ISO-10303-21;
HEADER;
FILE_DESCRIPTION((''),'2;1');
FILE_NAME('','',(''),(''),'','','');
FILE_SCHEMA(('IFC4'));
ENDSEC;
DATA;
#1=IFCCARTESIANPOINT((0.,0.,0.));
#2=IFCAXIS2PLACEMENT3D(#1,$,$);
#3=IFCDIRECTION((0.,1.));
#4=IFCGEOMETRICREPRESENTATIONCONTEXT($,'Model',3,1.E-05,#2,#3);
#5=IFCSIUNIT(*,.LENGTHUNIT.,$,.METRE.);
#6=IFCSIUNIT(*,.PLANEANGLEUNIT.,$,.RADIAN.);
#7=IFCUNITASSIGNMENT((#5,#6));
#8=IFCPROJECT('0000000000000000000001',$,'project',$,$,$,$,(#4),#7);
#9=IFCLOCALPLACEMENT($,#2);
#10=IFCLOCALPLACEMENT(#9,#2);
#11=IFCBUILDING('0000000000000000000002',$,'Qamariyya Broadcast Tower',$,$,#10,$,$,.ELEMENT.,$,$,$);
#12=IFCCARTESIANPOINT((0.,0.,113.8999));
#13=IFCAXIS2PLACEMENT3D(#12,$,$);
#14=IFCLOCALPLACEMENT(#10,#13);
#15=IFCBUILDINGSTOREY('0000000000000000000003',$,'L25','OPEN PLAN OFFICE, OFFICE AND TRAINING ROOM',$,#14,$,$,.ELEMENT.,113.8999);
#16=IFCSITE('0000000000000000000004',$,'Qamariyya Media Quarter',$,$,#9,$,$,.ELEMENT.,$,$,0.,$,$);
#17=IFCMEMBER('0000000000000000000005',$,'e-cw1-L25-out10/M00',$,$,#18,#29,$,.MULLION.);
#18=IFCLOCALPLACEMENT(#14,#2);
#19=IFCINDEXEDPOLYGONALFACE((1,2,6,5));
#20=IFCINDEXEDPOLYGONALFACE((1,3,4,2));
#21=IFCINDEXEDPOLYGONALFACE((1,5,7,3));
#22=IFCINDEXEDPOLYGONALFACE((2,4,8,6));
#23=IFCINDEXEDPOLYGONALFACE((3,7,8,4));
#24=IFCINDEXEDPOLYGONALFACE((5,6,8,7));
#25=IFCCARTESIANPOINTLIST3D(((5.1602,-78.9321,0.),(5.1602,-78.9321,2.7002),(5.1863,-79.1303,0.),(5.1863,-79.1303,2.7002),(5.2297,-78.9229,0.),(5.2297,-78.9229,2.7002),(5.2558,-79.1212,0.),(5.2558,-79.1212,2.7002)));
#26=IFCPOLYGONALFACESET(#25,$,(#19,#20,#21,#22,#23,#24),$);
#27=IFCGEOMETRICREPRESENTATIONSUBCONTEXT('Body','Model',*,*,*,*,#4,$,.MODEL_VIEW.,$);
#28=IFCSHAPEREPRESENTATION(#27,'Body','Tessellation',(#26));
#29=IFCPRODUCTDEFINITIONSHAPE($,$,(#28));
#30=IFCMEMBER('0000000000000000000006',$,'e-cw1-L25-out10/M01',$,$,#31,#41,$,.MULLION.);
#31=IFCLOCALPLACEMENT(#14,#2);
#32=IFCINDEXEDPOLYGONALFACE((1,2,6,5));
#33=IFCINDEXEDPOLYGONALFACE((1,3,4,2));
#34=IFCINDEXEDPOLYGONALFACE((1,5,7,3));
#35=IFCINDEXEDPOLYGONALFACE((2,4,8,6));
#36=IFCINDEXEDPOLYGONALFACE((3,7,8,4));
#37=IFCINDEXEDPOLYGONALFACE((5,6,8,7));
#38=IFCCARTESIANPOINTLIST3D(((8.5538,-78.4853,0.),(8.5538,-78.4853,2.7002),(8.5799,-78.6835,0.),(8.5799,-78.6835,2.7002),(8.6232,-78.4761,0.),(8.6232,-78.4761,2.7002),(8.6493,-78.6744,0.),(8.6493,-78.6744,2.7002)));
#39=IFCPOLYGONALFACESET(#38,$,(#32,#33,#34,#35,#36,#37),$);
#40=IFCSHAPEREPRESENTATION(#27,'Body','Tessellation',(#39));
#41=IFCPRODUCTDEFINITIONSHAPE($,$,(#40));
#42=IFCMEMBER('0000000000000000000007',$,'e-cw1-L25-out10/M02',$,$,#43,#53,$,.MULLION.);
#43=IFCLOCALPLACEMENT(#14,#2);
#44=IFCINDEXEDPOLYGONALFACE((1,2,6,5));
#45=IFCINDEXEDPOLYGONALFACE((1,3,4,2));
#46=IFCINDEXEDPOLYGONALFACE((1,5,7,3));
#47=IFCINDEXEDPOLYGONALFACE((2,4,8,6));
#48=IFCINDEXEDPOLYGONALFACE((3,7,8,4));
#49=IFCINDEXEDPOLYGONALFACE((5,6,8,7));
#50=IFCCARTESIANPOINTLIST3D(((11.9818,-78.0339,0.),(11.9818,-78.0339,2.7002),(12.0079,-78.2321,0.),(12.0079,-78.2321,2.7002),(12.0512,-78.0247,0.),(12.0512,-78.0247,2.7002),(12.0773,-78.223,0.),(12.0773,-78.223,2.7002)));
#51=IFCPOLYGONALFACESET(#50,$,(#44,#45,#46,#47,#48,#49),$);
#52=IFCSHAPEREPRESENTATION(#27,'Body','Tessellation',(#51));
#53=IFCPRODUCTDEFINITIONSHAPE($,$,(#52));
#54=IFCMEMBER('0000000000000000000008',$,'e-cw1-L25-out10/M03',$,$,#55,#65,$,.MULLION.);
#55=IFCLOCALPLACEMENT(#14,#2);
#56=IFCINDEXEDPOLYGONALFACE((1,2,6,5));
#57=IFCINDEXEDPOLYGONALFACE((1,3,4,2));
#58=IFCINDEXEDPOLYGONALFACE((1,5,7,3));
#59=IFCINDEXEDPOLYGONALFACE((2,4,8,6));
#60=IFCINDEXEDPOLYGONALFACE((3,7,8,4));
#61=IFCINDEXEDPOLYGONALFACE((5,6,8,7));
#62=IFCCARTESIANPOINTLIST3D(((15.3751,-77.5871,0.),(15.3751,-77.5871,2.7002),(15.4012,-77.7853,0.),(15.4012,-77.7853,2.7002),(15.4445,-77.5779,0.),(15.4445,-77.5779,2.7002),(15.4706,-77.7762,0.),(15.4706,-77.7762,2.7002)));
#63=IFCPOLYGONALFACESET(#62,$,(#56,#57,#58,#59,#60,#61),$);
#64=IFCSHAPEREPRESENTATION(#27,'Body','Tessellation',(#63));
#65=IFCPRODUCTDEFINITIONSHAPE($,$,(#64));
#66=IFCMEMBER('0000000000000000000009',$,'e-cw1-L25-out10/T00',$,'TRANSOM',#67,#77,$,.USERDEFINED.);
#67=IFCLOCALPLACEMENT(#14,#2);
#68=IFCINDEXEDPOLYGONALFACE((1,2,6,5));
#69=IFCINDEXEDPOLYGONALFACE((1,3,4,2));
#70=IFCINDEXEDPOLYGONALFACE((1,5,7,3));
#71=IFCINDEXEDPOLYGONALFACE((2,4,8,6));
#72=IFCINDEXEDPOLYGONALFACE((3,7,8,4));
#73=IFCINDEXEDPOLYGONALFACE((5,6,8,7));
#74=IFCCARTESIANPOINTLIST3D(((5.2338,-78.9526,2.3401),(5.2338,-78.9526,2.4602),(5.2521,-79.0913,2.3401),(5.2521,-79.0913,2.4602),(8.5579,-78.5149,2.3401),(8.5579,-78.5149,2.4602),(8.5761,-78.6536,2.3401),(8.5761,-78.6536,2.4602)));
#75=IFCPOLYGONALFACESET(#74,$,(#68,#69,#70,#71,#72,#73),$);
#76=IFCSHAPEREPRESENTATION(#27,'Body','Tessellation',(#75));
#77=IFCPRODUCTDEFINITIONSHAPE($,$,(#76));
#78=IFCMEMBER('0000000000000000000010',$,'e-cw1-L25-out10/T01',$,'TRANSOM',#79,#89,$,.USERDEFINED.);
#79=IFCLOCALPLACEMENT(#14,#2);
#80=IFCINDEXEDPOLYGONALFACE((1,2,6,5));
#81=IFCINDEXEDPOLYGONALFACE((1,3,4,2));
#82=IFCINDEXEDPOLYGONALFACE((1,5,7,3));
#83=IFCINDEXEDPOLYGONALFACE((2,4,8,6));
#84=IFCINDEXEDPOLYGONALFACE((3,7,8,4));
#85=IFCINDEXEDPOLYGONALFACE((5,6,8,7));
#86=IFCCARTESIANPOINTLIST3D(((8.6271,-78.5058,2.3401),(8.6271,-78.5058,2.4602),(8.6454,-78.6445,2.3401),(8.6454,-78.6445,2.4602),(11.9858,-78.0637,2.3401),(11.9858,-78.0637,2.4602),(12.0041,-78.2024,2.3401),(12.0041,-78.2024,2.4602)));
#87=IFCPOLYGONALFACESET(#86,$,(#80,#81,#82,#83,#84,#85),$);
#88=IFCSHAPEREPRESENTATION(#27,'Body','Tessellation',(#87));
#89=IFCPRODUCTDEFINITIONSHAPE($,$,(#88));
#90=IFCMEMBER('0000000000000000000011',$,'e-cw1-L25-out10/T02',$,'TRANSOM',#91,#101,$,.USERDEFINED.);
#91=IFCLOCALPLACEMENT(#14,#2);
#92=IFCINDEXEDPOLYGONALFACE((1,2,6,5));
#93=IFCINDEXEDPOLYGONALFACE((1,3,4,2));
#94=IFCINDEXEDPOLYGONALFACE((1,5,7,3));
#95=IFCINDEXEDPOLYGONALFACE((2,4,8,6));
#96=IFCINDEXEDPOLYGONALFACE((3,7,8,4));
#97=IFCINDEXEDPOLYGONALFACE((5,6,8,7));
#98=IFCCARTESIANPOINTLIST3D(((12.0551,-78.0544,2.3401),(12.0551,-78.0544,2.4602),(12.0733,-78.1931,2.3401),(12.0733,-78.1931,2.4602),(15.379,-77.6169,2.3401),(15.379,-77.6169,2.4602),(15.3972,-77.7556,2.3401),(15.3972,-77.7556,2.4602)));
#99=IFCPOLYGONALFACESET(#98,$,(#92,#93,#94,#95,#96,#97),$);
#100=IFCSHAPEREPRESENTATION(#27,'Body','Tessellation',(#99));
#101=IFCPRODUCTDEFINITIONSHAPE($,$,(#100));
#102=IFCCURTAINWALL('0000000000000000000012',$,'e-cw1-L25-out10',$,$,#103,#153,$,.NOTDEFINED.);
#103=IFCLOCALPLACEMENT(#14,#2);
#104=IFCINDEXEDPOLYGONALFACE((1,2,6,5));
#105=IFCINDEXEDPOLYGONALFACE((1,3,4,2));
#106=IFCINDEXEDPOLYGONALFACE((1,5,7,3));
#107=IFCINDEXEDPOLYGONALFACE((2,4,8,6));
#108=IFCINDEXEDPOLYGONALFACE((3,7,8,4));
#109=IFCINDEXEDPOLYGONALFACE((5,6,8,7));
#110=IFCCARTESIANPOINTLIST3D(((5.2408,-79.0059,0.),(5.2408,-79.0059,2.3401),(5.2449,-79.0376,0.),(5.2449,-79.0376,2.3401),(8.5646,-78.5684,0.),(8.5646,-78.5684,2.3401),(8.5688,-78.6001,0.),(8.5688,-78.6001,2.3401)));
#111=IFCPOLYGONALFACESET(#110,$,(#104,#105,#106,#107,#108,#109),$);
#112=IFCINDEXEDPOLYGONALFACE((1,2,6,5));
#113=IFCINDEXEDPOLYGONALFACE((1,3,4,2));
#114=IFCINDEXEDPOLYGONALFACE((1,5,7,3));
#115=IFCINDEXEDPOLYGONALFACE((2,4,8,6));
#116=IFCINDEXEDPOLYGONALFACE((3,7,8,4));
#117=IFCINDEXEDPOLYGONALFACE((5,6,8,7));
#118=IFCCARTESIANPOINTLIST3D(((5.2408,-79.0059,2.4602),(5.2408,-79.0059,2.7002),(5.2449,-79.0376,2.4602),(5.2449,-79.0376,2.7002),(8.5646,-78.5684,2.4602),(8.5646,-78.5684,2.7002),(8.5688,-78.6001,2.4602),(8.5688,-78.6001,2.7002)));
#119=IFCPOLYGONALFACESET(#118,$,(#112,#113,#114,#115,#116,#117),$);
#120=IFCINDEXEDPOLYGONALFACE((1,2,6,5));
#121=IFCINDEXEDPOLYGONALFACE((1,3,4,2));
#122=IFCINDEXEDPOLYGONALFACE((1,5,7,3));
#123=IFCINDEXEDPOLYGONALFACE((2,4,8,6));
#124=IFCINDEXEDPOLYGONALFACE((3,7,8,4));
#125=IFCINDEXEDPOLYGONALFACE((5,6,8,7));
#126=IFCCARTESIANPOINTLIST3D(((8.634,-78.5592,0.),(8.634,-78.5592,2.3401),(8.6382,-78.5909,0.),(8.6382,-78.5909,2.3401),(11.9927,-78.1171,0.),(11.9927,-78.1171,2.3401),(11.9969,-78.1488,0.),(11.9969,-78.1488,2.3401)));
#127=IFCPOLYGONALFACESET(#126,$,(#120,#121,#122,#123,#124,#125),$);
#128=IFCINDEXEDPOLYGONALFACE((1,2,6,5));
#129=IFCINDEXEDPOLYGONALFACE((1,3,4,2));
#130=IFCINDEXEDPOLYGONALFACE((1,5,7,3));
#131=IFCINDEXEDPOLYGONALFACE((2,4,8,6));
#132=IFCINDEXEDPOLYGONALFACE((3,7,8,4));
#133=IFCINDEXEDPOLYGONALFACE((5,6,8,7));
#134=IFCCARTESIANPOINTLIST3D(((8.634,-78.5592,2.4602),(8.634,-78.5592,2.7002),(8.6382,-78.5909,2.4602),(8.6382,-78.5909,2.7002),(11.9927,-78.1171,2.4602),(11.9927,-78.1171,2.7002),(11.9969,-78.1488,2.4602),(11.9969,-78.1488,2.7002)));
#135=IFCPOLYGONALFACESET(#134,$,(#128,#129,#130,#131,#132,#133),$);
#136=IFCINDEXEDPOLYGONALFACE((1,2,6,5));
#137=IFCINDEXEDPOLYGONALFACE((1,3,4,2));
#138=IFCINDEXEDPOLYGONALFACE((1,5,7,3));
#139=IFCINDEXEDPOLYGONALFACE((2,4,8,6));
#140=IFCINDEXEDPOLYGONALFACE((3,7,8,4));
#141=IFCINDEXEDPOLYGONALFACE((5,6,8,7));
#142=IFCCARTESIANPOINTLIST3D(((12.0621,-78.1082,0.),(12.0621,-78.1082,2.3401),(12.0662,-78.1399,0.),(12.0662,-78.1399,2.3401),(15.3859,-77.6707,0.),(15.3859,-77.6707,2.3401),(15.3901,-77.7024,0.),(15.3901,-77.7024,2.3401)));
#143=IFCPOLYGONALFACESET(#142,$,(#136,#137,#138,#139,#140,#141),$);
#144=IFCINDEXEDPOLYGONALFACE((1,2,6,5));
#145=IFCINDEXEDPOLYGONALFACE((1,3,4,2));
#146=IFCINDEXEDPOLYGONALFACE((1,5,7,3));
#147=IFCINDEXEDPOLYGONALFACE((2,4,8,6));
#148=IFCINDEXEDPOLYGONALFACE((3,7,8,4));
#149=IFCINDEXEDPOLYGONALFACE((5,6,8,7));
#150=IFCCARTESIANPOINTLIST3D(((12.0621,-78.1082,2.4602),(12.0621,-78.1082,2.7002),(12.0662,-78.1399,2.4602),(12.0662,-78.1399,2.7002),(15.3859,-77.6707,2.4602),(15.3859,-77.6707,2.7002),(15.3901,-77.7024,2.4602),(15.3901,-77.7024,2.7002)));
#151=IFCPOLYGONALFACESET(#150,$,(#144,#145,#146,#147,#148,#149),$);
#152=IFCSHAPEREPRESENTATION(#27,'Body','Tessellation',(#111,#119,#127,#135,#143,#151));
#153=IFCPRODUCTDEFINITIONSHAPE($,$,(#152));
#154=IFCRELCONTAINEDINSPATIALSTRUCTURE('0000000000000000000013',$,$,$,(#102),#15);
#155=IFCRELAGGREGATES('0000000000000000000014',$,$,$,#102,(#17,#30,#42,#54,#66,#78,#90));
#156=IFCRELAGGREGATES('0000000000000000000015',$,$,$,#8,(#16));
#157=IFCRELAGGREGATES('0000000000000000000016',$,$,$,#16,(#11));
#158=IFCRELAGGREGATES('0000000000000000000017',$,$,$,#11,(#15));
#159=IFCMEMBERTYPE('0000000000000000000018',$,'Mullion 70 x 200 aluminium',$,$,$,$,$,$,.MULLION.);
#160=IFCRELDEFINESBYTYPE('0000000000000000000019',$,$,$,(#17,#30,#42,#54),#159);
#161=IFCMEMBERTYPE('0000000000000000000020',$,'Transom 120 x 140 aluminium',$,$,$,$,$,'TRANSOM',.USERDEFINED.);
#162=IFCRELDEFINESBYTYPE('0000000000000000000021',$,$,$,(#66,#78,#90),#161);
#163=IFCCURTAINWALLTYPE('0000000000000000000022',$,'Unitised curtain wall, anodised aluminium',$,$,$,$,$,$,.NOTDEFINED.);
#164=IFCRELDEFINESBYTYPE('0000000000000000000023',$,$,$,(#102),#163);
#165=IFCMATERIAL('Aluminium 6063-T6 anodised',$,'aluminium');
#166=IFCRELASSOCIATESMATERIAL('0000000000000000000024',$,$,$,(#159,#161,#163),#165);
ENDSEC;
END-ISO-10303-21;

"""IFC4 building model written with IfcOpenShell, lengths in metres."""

from ifc_helpers import new_model, si_unit, direction, frame, origin, origin_2d, place, context, subcontext, project, spatial, rectangle, extrude, material, material_profile, profile_set, type_object, element, aggregate, save


model = new_model("IFC4")

# Units and contexts
model_context = context("Model", 3, precision=1e-05, world=origin(), true_north=direction((0.0, 1.0)))
body_context = subcontext(model_context, "Body", "Model", "MODEL_VIEW")
ifc_project = project(units=[si_unit("LENGTHUNIT", "METRE"), si_unit("PLANEANGLEUNIT", "RADIAN")], contexts=[model_context])

# Members
ifc_material = material(Name="Aluminium 6063-T6 anodised", Category="aluminium")
ifc_material_profile_1 = material_profile(ifc_material, rectangle(XDim=0.2, YDim=0.0701, at=origin_2d()))
ifc_profile_set_1 = profile_set([ifc_material_profile_1], Name="Aluminium 6063-T6 anodised")
member_type_1 = type_object("IfcMemberType", Name="Mullion 70 x 200 aluminium", PredefinedType="MULLION", material=ifc_profile_set_1)
site_placement = place(None, origin())
building_placement = place(site_placement, origin())
storey_placement = place(building_placement, frame((0.0, 0.0, 113.8999)))
member_1_placement = place(storey_placement, frame((5.208, -79.0266, 0.0), z_axis=(0.0, 0.0, 1.0), x_axis=(-0.130526, 0.991445, 0.0)))
member_1 = element("IfcMember", 1, at=member_1_placement, type_object=member_type_1, Name="e-cw1-L25-out10/M00", PredefinedType="MULLION", context=body_context, shape_type="SweptSolid", body=[
    extrude(rectangle(XDim=0.2, YDim=0.0701, at=origin_2d()), origin(), (0.0, 0.0, 1.0), 2.7002),
])
member_2_placement = place(storey_placement, frame((8.6016, -78.5798, 0.0), z_axis=(0.0, 0.0, 1.0), x_axis=(-0.130526, 0.991445, 0.0)))
member_2 = element("IfcMember", 2, at=member_2_placement, type_object=member_type_1, Name="e-cw1-L25-out10/M01", PredefinedType="MULLION", context=body_context, shape_type="SweptSolid", body=[
    extrude(rectangle(XDim=0.2, YDim=0.0701, at=origin_2d()), origin(), (0.0, 0.0, 1.0), 2.7002),
])
member_3_placement = place(storey_placement, frame((12.0295, -78.1284, 0.0), z_axis=(0.0, 0.0, 1.0), x_axis=(-0.130526, 0.991445, 0.0)))
member_3 = element("IfcMember", 3, at=member_3_placement, type_object=member_type_1, Name="e-cw1-L25-out10/M02", PredefinedType="MULLION", context=body_context, shape_type="SweptSolid", body=[
    extrude(rectangle(XDim=0.2, YDim=0.0701, at=origin_2d()), origin(), (0.0, 0.0, 1.0), 2.7002),
])
member_4_placement = place(storey_placement, frame((15.4229, -77.6816, 0.0), z_axis=(0.0, 0.0, 1.0), x_axis=(-0.130526, 0.991445, 0.0)))
member_4 = element("IfcMember", 4, at=member_4_placement, type_object=member_type_1, Name="e-cw1-L25-out10/M03", PredefinedType="MULLION", context=body_context, shape_type="SweptSolid", body=[
    extrude(rectangle(XDim=0.2, YDim=0.0701, at=origin_2d()), origin(), (0.0, 0.0, 1.0), 2.7002),
])
ifc_material_profile_2 = material_profile(ifc_material, rectangle(XDim=0.1399, YDim=0.1201, at=origin_2d()))
ifc_profile_set_2 = profile_set([ifc_material_profile_2], Name="Aluminium 6063-T6 anodised")
member_type_2 = type_object("IfcMemberType", Name="Transom 120 x 140 aluminium", ElementType="TRANSOM", PredefinedType="USERDEFINED", material=ifc_profile_set_2)
member_5_placement = place(storey_placement, frame((5.2429, -79.022, 2.4001), z_axis=(0.99144, 0.130566, 0.0), x_axis=(-0.130566, 0.99144, 0.0)))
member_5 = element("IfcMember", 5, at=member_5_placement, type_object=member_type_2, Name="e-cw1-L25-out10/T00", ObjectType="TRANSOM", PredefinedType="USERDEFINED", context=body_context, shape_type="SweptSolid", body=[
    extrude(rectangle(XDim=0.1399, YDim=0.1201, at=origin_2d()), origin(), (0.0, 0.0, 1.0), 3.3528),
])
member_6_placement = place(storey_placement, frame((8.6362, -78.5752, 2.4001), z_axis=(0.991446, 0.130516, 0.0), x_axis=(-0.130516, 0.991446, 0.0)))
member_6 = element("IfcMember", 6, at=member_6_placement, type_object=member_type_2, Name="e-cw1-L25-out10/T01", ObjectType="TRANSOM", PredefinedType="USERDEFINED", context=body_context, shape_type="SweptSolid", body=[
    extrude(rectangle(XDim=0.1399, YDim=0.1201, at=origin_2d()), origin(), (0.0, 0.0, 1.0), 3.3877),
])
member_7_placement = place(storey_placement, frame((12.0642, -78.1238, 2.4001), z_axis=(0.991449, 0.130494, 0.0), x_axis=(-0.130494, 0.991449, 0.0)))
member_7 = element("IfcMember", 7, at=member_7_placement, type_object=member_type_2, Name="e-cw1-L25-out10/T02", ObjectType="TRANSOM", PredefinedType="USERDEFINED", context=body_context, shape_type="SweptSolid", body=[
    extrude(rectangle(XDim=0.1399, YDim=0.1201, at=origin_2d()), origin(), (0.0, 0.0, 1.0), 3.3525),
])

# Site, building, storey
site = spatial("IfcSite", under=ifc_project, at=site_placement, Name="Qamariyya Media Quarter", CompositionType="ELEMENT", RefElevation=0.0)
building = spatial("IfcBuilding", under=site, at=building_placement, Name="Qamariyya Broadcast Tower", CompositionType="ELEMENT")
storey = spatial("IfcBuildingStorey", under=building, at=storey_placement, Name="L25", Description="OPEN PLAN OFFICE, OFFICE AND TRAINING ROOM", CompositionType="ELEMENT", Elevation=113.8999)

# Curtain wall
curtain_wall_type = type_object("IfcCurtainWallType", Name="Unitised curtain wall, anodised aluminium", PredefinedType="NOTDEFINED", material=ifc_material)
curtain_wall_1_placement = place(storey_placement, origin())
curtain_wall_1 = element("IfcCurtainWall", 8, at=curtain_wall_1_placement, inside=storey, type_object=curtain_wall_type, Name="e-cw1-L25-out10", PredefinedType="NOTDEFINED", context=body_context, shape_type="SweptSolid", body=[
    extrude(rectangle(XDim=3.3525, YDim=0.032, at=origin_2d()), frame((6.9048, -78.803, 0.0), x_axis=(0.991447, 0.130509, 0.0)), (0.0, 0.0, 1.0), 2.3401),
    extrude(rectangle(XDim=3.3525, YDim=0.032, at=origin_2d()), frame((6.9048, -78.803, 2.4602), x_axis=(0.991447, 0.130509, 0.0)), (0.0, 0.0, 1.0), 0.24),
    extrude(rectangle(XDim=3.3877, YDim=0.032, at=origin_2d()), frame((10.3154, -78.354, 0.0), x_axis=(0.991447, 0.130509, 0.0)), (0.0, 0.0, 1.0), 2.3401),
    extrude(rectangle(XDim=3.3877, YDim=0.032, at=origin_2d()), frame((10.3154, -78.354, 2.4602), x_axis=(0.991447, 0.130509, 0.0)), (0.0, 0.0, 1.0), 0.24),
    extrude(rectangle(XDim=3.3525, YDim=0.032, at=origin_2d()), frame((13.7261, -77.9053, 0.0), x_axis=(0.991447, 0.130509, 0.0)), (0.0, 0.0, 1.0), 2.3401),
    extrude(rectangle(XDim=3.3525, YDim=0.032, at=origin_2d()), frame((13.7261, -77.9053, 2.4602), x_axis=(0.991447, 0.130509, 0.0)), (0.0, 0.0, 1.0), 0.24),
])
aggregate(curtain_wall_1, [member_1, member_2, member_3, member_4, member_5, member_6, member_7])

save(model, "model.ifc")
